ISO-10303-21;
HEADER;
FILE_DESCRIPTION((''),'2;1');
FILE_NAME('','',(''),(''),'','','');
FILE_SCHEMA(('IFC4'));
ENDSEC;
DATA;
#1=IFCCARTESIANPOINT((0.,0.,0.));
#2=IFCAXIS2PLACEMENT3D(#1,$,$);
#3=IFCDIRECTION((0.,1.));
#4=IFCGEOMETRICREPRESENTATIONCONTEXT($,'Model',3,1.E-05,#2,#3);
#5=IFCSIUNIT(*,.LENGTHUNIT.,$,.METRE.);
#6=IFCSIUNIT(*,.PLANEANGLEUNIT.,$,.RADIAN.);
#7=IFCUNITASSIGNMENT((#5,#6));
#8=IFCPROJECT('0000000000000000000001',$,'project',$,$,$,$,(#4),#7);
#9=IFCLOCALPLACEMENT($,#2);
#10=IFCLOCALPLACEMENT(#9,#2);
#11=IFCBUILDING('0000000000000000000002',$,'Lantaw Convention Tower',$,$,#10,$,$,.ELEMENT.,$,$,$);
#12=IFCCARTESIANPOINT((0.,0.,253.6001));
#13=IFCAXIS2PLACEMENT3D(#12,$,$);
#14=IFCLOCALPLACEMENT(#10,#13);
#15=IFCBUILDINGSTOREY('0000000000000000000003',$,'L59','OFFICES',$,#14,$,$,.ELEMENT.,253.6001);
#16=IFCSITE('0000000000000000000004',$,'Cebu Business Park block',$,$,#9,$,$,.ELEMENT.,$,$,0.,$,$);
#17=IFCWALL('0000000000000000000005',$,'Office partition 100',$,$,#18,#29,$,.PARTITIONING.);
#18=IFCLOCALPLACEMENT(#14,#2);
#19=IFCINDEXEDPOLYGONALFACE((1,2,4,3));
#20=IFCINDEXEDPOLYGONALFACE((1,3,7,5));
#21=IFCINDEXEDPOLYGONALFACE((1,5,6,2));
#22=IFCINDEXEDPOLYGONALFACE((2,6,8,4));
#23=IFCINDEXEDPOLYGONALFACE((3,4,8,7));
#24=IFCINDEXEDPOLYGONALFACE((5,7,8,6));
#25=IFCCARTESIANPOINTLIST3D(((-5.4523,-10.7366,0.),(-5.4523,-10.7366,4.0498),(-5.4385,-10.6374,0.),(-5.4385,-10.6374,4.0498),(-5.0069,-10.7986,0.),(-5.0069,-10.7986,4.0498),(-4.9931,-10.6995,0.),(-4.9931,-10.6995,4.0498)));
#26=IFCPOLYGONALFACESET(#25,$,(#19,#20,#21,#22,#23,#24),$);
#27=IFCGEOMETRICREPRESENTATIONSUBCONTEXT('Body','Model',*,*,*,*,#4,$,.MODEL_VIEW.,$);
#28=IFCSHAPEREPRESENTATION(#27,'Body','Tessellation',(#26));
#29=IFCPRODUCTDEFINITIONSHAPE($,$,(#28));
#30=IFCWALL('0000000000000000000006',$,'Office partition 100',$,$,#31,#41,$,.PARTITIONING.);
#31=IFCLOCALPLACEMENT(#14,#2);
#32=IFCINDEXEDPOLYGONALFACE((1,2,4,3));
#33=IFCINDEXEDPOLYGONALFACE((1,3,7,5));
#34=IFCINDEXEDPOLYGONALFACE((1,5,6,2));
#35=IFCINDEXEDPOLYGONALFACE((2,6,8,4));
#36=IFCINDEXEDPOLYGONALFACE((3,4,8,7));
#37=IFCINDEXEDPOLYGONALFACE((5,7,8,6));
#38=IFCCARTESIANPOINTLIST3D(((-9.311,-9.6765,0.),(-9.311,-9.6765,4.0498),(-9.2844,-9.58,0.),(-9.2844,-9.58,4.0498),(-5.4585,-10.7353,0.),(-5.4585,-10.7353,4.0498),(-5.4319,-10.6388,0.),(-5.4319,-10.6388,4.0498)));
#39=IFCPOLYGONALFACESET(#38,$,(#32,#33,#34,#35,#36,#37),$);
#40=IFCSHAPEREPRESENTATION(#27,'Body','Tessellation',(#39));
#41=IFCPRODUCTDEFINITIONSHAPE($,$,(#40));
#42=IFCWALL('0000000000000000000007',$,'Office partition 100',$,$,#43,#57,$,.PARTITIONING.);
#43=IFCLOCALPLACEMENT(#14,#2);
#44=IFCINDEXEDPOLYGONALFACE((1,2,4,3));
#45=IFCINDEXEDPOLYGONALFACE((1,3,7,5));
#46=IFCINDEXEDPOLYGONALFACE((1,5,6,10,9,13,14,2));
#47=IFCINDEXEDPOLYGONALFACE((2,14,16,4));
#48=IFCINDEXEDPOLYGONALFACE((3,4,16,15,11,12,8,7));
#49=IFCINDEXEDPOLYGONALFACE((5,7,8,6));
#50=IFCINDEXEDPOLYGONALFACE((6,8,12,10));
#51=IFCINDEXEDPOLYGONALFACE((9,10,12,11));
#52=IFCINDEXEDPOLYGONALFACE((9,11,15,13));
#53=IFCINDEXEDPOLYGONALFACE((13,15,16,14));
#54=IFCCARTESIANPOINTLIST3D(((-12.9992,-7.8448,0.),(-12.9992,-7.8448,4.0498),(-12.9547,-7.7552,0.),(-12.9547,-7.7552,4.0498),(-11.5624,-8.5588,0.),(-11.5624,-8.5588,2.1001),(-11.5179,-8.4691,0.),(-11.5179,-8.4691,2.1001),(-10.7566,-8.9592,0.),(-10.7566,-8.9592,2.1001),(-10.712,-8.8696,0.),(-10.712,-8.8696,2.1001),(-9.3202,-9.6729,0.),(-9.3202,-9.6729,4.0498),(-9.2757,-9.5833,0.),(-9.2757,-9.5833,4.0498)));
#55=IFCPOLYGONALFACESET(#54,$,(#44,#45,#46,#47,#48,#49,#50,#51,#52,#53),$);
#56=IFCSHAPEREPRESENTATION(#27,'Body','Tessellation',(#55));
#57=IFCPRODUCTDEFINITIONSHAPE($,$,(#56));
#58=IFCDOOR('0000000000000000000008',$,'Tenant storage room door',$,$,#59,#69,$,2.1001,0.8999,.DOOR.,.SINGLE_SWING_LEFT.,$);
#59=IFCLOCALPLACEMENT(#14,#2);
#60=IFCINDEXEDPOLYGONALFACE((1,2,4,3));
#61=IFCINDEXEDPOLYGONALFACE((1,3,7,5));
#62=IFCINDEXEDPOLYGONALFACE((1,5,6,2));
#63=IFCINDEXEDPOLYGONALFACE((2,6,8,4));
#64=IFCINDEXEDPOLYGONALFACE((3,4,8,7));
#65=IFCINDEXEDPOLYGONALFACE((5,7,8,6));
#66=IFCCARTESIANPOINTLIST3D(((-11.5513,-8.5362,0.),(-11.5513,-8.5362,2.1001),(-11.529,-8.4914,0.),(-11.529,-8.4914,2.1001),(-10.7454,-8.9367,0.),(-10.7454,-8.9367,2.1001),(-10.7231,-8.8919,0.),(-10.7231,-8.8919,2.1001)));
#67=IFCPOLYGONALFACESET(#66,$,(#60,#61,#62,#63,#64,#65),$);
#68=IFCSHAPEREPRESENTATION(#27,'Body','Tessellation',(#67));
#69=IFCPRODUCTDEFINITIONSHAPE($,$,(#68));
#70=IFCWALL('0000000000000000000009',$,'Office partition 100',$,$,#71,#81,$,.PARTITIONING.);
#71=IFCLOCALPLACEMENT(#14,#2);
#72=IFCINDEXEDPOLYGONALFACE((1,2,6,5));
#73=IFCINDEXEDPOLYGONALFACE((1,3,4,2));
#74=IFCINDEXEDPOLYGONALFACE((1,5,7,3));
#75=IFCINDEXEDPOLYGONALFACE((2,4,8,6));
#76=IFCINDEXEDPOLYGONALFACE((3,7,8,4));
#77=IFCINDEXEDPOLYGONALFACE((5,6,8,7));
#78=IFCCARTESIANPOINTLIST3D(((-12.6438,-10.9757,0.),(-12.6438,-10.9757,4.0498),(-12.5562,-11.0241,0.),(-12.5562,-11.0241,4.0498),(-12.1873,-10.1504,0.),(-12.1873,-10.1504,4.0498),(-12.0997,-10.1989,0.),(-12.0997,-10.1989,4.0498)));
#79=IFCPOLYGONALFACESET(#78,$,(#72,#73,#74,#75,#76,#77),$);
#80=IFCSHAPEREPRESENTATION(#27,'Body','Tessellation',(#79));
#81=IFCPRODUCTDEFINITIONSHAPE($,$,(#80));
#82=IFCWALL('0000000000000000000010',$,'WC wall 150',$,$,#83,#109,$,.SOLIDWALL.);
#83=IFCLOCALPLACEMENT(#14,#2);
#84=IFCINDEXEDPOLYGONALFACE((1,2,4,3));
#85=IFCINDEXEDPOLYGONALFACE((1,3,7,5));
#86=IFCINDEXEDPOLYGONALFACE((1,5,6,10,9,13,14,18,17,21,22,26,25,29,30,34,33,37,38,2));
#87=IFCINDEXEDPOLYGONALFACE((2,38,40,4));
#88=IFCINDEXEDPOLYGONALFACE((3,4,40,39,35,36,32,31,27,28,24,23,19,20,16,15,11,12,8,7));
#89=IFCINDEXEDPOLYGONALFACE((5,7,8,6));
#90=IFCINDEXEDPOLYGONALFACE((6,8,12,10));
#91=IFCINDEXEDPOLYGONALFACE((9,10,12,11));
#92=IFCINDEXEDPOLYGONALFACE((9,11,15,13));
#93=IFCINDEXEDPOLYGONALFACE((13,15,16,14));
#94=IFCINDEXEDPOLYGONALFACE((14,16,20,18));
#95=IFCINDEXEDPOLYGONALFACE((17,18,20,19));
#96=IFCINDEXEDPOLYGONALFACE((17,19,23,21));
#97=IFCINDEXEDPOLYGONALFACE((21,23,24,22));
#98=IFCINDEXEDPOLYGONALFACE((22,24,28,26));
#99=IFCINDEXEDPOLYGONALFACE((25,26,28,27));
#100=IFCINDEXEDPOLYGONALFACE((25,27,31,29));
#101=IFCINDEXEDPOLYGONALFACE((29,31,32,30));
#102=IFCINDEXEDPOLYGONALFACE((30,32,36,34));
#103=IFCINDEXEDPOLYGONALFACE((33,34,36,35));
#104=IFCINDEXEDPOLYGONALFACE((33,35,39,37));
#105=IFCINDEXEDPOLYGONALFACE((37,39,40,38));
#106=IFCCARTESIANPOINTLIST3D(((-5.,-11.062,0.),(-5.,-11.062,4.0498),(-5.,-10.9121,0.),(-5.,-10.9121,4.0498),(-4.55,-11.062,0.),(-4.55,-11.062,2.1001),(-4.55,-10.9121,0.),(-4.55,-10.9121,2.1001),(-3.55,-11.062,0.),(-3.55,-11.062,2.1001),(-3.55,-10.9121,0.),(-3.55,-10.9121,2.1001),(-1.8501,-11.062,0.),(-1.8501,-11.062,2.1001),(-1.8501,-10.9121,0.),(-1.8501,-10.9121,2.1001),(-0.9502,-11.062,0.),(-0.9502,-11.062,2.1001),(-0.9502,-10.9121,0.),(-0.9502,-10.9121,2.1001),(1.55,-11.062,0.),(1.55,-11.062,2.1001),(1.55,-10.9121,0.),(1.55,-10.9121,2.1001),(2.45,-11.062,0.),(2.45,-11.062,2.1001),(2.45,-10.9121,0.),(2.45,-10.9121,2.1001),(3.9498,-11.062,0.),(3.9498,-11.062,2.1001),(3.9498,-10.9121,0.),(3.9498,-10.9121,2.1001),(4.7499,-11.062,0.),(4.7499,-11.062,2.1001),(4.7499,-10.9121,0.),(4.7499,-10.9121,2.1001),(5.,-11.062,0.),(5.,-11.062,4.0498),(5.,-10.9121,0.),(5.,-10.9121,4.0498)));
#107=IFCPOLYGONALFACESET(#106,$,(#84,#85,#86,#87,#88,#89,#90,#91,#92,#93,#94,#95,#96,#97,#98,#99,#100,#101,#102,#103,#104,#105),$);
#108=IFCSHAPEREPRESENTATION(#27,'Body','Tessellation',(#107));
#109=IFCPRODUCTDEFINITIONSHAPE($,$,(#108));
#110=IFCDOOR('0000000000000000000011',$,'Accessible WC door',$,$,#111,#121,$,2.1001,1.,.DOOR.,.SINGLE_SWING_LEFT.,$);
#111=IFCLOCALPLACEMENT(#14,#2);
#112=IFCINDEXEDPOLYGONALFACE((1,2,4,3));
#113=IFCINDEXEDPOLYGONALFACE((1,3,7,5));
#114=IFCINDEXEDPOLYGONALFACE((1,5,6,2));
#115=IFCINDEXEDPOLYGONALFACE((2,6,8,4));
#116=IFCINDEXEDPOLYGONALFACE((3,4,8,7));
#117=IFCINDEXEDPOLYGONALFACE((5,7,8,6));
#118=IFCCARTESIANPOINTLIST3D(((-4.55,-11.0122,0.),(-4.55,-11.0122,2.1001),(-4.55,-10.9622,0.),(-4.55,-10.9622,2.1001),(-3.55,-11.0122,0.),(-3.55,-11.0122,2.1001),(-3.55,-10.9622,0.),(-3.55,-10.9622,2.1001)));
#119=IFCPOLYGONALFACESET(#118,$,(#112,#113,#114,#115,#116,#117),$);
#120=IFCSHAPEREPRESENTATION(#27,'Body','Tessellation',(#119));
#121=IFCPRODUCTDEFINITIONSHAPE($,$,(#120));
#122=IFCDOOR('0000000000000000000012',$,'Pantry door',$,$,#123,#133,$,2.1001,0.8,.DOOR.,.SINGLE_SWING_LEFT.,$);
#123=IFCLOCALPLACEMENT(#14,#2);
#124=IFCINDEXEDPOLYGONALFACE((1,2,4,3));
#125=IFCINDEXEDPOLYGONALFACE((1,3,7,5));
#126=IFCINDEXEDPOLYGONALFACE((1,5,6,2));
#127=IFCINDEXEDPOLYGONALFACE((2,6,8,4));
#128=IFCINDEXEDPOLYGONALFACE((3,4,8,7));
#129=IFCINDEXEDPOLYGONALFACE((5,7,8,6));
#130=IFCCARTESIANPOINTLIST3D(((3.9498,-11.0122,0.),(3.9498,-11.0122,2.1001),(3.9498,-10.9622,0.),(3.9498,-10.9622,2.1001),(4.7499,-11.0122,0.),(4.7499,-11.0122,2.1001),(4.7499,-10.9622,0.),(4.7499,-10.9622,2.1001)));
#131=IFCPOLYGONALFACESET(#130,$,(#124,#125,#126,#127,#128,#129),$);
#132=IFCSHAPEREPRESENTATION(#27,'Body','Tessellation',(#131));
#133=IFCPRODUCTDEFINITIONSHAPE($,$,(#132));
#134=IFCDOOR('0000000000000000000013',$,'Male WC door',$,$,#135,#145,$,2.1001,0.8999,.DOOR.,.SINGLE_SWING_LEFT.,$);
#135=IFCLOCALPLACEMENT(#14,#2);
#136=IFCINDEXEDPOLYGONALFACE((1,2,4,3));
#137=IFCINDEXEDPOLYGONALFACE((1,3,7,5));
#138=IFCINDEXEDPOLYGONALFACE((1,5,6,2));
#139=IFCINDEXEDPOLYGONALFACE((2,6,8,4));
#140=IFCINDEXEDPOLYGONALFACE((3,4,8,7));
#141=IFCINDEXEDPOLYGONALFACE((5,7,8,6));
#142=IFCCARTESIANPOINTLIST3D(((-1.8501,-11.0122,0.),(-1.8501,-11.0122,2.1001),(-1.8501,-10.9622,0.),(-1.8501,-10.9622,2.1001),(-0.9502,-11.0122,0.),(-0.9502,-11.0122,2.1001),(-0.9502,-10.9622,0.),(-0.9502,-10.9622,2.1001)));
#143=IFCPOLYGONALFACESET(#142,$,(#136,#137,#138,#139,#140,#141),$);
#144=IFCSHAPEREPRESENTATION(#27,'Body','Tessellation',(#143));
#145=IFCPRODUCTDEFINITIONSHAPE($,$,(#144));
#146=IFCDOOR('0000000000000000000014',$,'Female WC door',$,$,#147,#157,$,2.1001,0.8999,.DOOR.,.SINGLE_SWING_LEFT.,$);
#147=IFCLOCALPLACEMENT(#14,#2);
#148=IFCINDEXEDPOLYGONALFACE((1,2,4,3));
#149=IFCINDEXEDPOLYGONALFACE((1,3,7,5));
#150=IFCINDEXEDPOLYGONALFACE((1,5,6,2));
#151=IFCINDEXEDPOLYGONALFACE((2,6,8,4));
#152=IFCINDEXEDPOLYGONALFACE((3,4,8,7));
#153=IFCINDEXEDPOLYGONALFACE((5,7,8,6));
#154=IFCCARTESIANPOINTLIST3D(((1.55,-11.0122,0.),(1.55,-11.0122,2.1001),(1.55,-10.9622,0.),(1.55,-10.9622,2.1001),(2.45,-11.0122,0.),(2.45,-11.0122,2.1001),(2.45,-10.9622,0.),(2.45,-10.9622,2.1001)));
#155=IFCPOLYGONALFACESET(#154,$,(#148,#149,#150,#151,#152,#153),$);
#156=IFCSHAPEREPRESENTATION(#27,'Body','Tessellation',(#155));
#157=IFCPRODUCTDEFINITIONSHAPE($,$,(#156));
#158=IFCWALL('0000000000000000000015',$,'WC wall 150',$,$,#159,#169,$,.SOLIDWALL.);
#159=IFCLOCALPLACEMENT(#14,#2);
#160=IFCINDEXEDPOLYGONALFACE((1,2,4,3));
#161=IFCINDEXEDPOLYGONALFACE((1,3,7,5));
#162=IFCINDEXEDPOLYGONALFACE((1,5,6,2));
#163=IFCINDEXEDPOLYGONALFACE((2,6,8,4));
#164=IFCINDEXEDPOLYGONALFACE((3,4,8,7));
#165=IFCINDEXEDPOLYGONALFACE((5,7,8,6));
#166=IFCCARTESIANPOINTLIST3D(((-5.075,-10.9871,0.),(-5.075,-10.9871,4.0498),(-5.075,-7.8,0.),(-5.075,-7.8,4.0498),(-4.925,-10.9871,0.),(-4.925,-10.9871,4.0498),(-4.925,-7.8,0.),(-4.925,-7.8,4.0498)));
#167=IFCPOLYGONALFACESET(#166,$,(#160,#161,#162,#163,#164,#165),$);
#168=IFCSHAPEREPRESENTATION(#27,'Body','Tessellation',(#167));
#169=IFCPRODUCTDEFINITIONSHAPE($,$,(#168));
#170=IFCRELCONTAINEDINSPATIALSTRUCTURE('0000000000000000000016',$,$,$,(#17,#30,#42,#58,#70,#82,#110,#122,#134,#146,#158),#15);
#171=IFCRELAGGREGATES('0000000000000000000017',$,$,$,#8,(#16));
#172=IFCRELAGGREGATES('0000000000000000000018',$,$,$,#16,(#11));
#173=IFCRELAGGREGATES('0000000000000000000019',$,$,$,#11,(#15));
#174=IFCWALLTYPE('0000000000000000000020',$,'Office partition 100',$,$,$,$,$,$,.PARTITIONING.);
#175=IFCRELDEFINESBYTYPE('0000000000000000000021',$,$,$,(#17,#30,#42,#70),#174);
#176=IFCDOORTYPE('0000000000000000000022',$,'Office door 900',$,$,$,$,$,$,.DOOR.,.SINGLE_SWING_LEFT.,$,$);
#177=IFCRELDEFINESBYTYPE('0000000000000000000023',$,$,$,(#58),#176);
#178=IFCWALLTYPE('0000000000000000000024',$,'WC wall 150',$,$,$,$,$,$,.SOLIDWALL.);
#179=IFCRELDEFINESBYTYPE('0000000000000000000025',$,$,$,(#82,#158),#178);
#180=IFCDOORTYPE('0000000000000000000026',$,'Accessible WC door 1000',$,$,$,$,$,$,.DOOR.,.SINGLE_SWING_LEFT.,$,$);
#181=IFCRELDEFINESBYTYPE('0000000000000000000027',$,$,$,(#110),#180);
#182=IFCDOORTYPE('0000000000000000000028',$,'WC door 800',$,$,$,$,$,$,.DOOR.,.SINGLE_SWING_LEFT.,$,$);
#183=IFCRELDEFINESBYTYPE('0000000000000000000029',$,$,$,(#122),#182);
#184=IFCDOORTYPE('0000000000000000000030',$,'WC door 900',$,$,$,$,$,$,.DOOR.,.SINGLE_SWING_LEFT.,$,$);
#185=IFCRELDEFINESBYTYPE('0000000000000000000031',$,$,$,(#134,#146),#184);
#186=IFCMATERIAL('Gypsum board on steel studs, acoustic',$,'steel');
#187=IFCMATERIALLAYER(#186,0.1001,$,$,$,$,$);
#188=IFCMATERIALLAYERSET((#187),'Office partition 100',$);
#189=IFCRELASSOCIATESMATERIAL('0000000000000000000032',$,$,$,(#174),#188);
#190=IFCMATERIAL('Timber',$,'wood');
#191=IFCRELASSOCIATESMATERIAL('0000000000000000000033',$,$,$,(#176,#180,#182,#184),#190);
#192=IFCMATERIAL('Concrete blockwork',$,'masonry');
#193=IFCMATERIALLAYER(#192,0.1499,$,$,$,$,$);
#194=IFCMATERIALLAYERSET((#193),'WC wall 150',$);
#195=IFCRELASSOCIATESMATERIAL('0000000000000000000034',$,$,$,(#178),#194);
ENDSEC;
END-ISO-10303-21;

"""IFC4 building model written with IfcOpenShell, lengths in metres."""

from ifc_helpers import new_model, si_unit, direction, frame, frame_2d, origin, place, context, subcontext, project, spatial, rectangle, extrude, material, layer, layer_set, type_object, element, fill, save


model = new_model("IFC4")

# Units and contexts
model_context = context("Model", 3, precision=1e-05, world=origin(), true_north=direction((0.0, 1.0)))
body_context = subcontext(model_context, "Body", "Model", "MODEL_VIEW")
ifc_project = project(units=[si_unit("LENGTHUNIT", "METRE"), si_unit("PLANEANGLEUNIT", "RADIAN")], contexts=[model_context])

# Site, building, storey
site_placement = place(None, origin())
site = spatial("IfcSite", under=ifc_project, at=site_placement, Name="Cebu Business Park block", CompositionType="ELEMENT", RefElevation=0.0)
building_placement = place(site_placement, origin())
building = spatial("IfcBuilding", under=site, at=building_placement, Name="Lantaw Convention Tower", CompositionType="ELEMENT")
storey_placement = place(building_placement, frame((0.0, 0.0, 253.6001)))
storey = spatial("IfcBuildingStorey", under=building, at=storey_placement, Name="L59", Description="OFFICES", CompositionType="ELEMENT", Elevation=253.6001)

# Walls
ifc_material_1 = material(Name="Gypsum board on steel studs, acoustic", Category="steel")
ifc_layer_1 = layer(ifc_material_1, 0.1001)
ifc_layer_set_1 = layer_set([ifc_layer_1], Name="Office partition 100")
wall_type_1 = type_object("IfcWallType", Name="Office partition 100", PredefinedType="PARTITIONING", material=ifc_layer_set_1)
wall_1_placement = place(storey_placement, frame((-5.0, -10.749, 0.0), z_axis=(0.0, 0.0, 1.0), x_axis=(-0.990443, 0.137924, 0.0)))
element("IfcWall", 1, at=wall_1_placement, inside=storey, type_object=wall_type_1, Name="Office partition 100", PredefinedType="PARTITIONING", context=body_context, shape_type="SweptSolid", body=[
    extrude(rectangle(XDim=0.4497, YDim=0.1001, at=frame_2d((0.2249, 0.0))), origin(), (0.0, 0.0, 1.0), 4.0498),
])
wall_2_placement = place(storey_placement, frame((-5.4453, -10.687, 0.0), z_axis=(0.0, 0.0, 1.0), x_axis=(-0.964244, 0.265014, 0.0)))
element("IfcWall", 2, at=wall_2_placement, inside=storey, type_object=wall_type_1, Name="Office partition 100", PredefinedType="PARTITIONING", context=body_context, shape_type="SweptSolid", body=[
    extrude(rectangle(XDim=3.9954, YDim=0.1001, at=frame_2d((1.9976, 0.0))), origin(), (0.0, 0.0, 1.0), 4.0498),
])

# Wall, opening, door
wall_3_placement = place(storey_placement, frame((-9.2979, -9.6282, 0.0), z_axis=(0.0, 0.0, 1.0), x_axis=(-0.89553, 0.445001, 0.0)))
wall_3 = element("IfcWall", 3, at=wall_3_placement, inside=storey, type_object=wall_type_1, Name="Office partition 100", PredefinedType="PARTITIONING", context=body_context, shape_type="SweptSolid", body=[
    extrude(rectangle(XDim=4.1082, YDim=0.1001, at=frame_2d((2.0542, 0.0))), origin(), (0.0, 0.0, 1.0), 4.0498),
])
opening_1_placement = place(wall_3_placement, frame((1.604, 0.0, 0.0)))
opening_1 = element("IfcOpeningElement", 4, at=opening_1_placement, cuts=wall_3, PredefinedType="OPENING", context=body_context, shape_type="SweptSolid", body=[
    extrude(rectangle(XDim=0.8999, YDim=2.1001, at=frame_2d((0.45, 1.05))), frame((0.0, 0.0601, 0.0), z_axis=(0.0, -1.0, 0.0), x_axis=(1.0, 0.0, 0.0)), (0.0, 0.0, 1.0), 0.1201),
])
ifc_material_2 = material(Name="Timber", Category="wood")
door_type_1 = type_object("IfcDoorType", Name="Office door 900", OperationType="SINGLE_SWING_LEFT", PredefinedType="DOOR", material=ifc_material_2)
door_1_placement = place(opening_1_placement, origin())
door_1 = element("IfcDoor", 5, at=door_1_placement, inside=storey, type_object=door_type_1, Name="Tenant storage room door", OperationType="SINGLE_SWING_LEFT", OverallHeight=2.1001, OverallWidth=0.8999, PredefinedType="DOOR", context=body_context, shape_type="SweptSolid", body=[
    extrude(rectangle(XDim=0.8999, YDim=2.1001, at=frame_2d((0.45, 1.05))), frame((0.0, 0.0249, 0.0), z_axis=(0.0, -1.0, 0.0), x_axis=(1.0, 0.0, 0.0)), (0.0, 0.0, 1.0), 0.05),
])
fill(opening_1, door_1)

# Wall
wall_4_placement = place(storey_placement, frame((-12.6001, -11.0, 0.0), z_axis=(0.0, 0.0, 1.0), x_axis=(0.484104, 0.875011, 0.0)))
element("IfcWall", 6, at=wall_4_placement, inside=storey, type_object=wall_type_1, Name="Office partition 100", PredefinedType="PARTITIONING", context=body_context, shape_type="SweptSolid", body=[
    extrude(rectangle(XDim=0.9431, YDim=0.1001, at=frame_2d((0.4717, 0.0))), origin(), (0.0, 0.0, 1.0), 4.0498),
])

# Wall, openings, doors
ifc_material_3 = material(Name="Concrete blockwork", Category="masonry")
ifc_layer_2 = layer(ifc_material_3, 0.1499)
ifc_layer_set_2 = layer_set([ifc_layer_2], Name="WC wall 150")
wall_type_2 = type_object("IfcWallType", Name="WC wall 150", PredefinedType="SOLIDWALL", material=ifc_layer_set_2)
wall_5_placement = place(storey_placement, frame((-5.0, -10.9871, 0.0), z_axis=(0.0, 0.0, 1.0), x_axis=(1.0, 0.0, 0.0)))
wall_5 = element("IfcWall", 7, at=wall_5_placement, inside=storey, type_object=wall_type_2, Name="WC wall 150", PredefinedType="SOLIDWALL", context=body_context, shape_type="SweptSolid", body=[
    extrude(rectangle(XDim=10.0, YDim=0.1499, at=frame_2d((5.0, 0.0))), origin(), (0.0, 0.0, 1.0), 4.0498),
])
opening_2_placement = place(wall_5_placement, frame((0.45, 0.0, 0.0)))
opening_2 = element("IfcOpeningElement", 8, at=opening_2_placement, cuts=wall_5, PredefinedType="OPENING", context=body_context, shape_type="SweptSolid", body=[
    extrude(rectangle(XDim=1.0, YDim=2.1001, at=frame_2d((0.5, 1.05))), frame((0.0, 0.085, 0.0), z_axis=(0.0, -1.0, 0.0), x_axis=(1.0, 0.0, 0.0)), (0.0, 0.0, 1.0), 0.1699),
])
opening_3_placement = place(wall_5_placement, frame((3.1499, 0.0, 0.0)))
opening_3 = element("IfcOpeningElement", 9, at=opening_3_placement, cuts=wall_5, PredefinedType="OPENING", context=body_context, shape_type="SweptSolid", body=[
    extrude(rectangle(XDim=0.8999, YDim=2.1001, at=frame_2d((0.45, 1.05))), frame((0.0, 0.085, 0.0), z_axis=(0.0, -1.0, 0.0), x_axis=(1.0, 0.0, 0.0)), (0.0, 0.0, 1.0), 0.1699),
])
opening_4_placement = place(wall_5_placement, frame((6.55, 0.0, 0.0)))
opening_4 = element("IfcOpeningElement", 10, at=opening_4_placement, cuts=wall_5, PredefinedType="OPENING", context=body_context, shape_type="SweptSolid", body=[
    extrude(rectangle(XDim=0.8999, YDim=2.1001, at=frame_2d((0.45, 1.05))), frame((0.0, 0.085, 0.0), z_axis=(0.0, -1.0, 0.0), x_axis=(1.0, 0.0, 0.0)), (0.0, 0.0, 1.0), 0.1699),
])
opening_5_placement = place(wall_5_placement, frame((8.95, 0.0, 0.0)))
opening_5 = element("IfcOpeningElement", 11, at=opening_5_placement, cuts=wall_5, PredefinedType="OPENING", context=body_context, shape_type="SweptSolid", body=[
    extrude(rectangle(XDim=0.8, YDim=2.1001, at=frame_2d((0.3999, 1.05))), frame((0.0, 0.085, 0.0), z_axis=(0.0, -1.0, 0.0), x_axis=(1.0, 0.0, 0.0)), (0.0, 0.0, 1.0), 0.1699),
])
door_type_2 = type_object("IfcDoorType", Name="Accessible WC door 1000", OperationType="SINGLE_SWING_LEFT", PredefinedType="DOOR", material=ifc_material_2)
door_2_placement = place(opening_2_placement, origin())
door_2 = element("IfcDoor", 12, at=door_2_placement, inside=storey, type_object=door_type_2, Name="Accessible WC door", OperationType="SINGLE_SWING_LEFT", OverallHeight=2.1001, OverallWidth=1.0, PredefinedType="DOOR", context=body_context, shape_type="SweptSolid", body=[
    extrude(rectangle(XDim=1.0, YDim=2.1001, at=frame_2d((0.5, 1.05))), frame((0.0, 0.0249, 0.0), z_axis=(0.0, -1.0, 0.0), x_axis=(1.0, 0.0, 0.0)), (0.0, 0.0, 1.0), 0.05),
])
fill(opening_2, door_2)
door_type_3 = type_object("IfcDoorType", Name="WC door 800", OperationType="SINGLE_SWING_LEFT", PredefinedType="DOOR", material=ifc_material_2)
door_3_placement = place(opening_5_placement, origin())
door_3 = element("IfcDoor", 13, at=door_3_placement, inside=storey, type_object=door_type_3, Name="Pantry door", OperationType="SINGLE_SWING_LEFT", OverallHeight=2.1001, OverallWidth=0.8, PredefinedType="DOOR", context=body_context, shape_type="SweptSolid", body=[
    extrude(rectangle(XDim=0.8, YDim=2.1001, at=frame_2d((0.3999, 1.05))), frame((0.0, 0.0249, 0.0), z_axis=(0.0, -1.0, 0.0), x_axis=(1.0, 0.0, 0.0)), (0.0, 0.0, 1.0), 0.05),
])
fill(opening_5, door_3)
door_type_4 = type_object("IfcDoorType", Name="WC door 900", OperationType="SINGLE_SWING_LEFT", PredefinedType="DOOR", material=ifc_material_2)
door_4_placement = place(opening_3_placement, origin())
door_4 = element("IfcDoor", 14, at=door_4_placement, inside=storey, type_object=door_type_4, Name="Male WC door", OperationType="SINGLE_SWING_LEFT", OverallHeight=2.1001, OverallWidth=0.8999, PredefinedType="DOOR", context=body_context, shape_type="SweptSolid", body=[
    extrude(rectangle(XDim=0.8999, YDim=2.1001, at=frame_2d((0.45, 1.05))), frame((0.0, 0.0249, 0.0), z_axis=(0.0, -1.0, 0.0), x_axis=(1.0, 0.0, 0.0)), (0.0, 0.0, 1.0), 0.05),
])
fill(opening_3, door_4)
door_5_placement = place(opening_4_placement, origin())
door_5 = element("IfcDoor", 15, at=door_5_placement, inside=storey, type_object=door_type_4, Name="Female WC door", OperationType="SINGLE_SWING_LEFT", OverallHeight=2.1001, OverallWidth=0.8999, PredefinedType="DOOR", context=body_context, shape_type="SweptSolid", body=[
    extrude(rectangle(XDim=0.8999, YDim=2.1001, at=frame_2d((0.45, 1.05))), frame((0.0, 0.0249, 0.0), z_axis=(0.0, -1.0, 0.0), x_axis=(1.0, 0.0, 0.0)), (0.0, 0.0, 1.0), 0.05),
])
fill(opening_4, door_5)

# Wall
for number, where, z_axis, x_axis, name in (
    (16, (-5.0, -7.8, 0.0), (0.0, 0.0, 1.0), (0.0, -1.0, 0.0), "WC wall 150"),
):
    element("IfcWall", number, at=place(storey_placement, frame(where, z_axis=z_axis, x_axis=x_axis)), inside=storey, type_object=wall_type_2, Name=name, PredefinedType="SOLIDWALL", context=body_context, shape_type="SweptSolid", body=[
        extrude(rectangle(XDim=3.187, YDim=0.1499, at=frame_2d((1.5935, 0.0))), origin(), (0.0, 0.0, 1.0), 4.0498),
    ])

save(model, "model.ifc")
